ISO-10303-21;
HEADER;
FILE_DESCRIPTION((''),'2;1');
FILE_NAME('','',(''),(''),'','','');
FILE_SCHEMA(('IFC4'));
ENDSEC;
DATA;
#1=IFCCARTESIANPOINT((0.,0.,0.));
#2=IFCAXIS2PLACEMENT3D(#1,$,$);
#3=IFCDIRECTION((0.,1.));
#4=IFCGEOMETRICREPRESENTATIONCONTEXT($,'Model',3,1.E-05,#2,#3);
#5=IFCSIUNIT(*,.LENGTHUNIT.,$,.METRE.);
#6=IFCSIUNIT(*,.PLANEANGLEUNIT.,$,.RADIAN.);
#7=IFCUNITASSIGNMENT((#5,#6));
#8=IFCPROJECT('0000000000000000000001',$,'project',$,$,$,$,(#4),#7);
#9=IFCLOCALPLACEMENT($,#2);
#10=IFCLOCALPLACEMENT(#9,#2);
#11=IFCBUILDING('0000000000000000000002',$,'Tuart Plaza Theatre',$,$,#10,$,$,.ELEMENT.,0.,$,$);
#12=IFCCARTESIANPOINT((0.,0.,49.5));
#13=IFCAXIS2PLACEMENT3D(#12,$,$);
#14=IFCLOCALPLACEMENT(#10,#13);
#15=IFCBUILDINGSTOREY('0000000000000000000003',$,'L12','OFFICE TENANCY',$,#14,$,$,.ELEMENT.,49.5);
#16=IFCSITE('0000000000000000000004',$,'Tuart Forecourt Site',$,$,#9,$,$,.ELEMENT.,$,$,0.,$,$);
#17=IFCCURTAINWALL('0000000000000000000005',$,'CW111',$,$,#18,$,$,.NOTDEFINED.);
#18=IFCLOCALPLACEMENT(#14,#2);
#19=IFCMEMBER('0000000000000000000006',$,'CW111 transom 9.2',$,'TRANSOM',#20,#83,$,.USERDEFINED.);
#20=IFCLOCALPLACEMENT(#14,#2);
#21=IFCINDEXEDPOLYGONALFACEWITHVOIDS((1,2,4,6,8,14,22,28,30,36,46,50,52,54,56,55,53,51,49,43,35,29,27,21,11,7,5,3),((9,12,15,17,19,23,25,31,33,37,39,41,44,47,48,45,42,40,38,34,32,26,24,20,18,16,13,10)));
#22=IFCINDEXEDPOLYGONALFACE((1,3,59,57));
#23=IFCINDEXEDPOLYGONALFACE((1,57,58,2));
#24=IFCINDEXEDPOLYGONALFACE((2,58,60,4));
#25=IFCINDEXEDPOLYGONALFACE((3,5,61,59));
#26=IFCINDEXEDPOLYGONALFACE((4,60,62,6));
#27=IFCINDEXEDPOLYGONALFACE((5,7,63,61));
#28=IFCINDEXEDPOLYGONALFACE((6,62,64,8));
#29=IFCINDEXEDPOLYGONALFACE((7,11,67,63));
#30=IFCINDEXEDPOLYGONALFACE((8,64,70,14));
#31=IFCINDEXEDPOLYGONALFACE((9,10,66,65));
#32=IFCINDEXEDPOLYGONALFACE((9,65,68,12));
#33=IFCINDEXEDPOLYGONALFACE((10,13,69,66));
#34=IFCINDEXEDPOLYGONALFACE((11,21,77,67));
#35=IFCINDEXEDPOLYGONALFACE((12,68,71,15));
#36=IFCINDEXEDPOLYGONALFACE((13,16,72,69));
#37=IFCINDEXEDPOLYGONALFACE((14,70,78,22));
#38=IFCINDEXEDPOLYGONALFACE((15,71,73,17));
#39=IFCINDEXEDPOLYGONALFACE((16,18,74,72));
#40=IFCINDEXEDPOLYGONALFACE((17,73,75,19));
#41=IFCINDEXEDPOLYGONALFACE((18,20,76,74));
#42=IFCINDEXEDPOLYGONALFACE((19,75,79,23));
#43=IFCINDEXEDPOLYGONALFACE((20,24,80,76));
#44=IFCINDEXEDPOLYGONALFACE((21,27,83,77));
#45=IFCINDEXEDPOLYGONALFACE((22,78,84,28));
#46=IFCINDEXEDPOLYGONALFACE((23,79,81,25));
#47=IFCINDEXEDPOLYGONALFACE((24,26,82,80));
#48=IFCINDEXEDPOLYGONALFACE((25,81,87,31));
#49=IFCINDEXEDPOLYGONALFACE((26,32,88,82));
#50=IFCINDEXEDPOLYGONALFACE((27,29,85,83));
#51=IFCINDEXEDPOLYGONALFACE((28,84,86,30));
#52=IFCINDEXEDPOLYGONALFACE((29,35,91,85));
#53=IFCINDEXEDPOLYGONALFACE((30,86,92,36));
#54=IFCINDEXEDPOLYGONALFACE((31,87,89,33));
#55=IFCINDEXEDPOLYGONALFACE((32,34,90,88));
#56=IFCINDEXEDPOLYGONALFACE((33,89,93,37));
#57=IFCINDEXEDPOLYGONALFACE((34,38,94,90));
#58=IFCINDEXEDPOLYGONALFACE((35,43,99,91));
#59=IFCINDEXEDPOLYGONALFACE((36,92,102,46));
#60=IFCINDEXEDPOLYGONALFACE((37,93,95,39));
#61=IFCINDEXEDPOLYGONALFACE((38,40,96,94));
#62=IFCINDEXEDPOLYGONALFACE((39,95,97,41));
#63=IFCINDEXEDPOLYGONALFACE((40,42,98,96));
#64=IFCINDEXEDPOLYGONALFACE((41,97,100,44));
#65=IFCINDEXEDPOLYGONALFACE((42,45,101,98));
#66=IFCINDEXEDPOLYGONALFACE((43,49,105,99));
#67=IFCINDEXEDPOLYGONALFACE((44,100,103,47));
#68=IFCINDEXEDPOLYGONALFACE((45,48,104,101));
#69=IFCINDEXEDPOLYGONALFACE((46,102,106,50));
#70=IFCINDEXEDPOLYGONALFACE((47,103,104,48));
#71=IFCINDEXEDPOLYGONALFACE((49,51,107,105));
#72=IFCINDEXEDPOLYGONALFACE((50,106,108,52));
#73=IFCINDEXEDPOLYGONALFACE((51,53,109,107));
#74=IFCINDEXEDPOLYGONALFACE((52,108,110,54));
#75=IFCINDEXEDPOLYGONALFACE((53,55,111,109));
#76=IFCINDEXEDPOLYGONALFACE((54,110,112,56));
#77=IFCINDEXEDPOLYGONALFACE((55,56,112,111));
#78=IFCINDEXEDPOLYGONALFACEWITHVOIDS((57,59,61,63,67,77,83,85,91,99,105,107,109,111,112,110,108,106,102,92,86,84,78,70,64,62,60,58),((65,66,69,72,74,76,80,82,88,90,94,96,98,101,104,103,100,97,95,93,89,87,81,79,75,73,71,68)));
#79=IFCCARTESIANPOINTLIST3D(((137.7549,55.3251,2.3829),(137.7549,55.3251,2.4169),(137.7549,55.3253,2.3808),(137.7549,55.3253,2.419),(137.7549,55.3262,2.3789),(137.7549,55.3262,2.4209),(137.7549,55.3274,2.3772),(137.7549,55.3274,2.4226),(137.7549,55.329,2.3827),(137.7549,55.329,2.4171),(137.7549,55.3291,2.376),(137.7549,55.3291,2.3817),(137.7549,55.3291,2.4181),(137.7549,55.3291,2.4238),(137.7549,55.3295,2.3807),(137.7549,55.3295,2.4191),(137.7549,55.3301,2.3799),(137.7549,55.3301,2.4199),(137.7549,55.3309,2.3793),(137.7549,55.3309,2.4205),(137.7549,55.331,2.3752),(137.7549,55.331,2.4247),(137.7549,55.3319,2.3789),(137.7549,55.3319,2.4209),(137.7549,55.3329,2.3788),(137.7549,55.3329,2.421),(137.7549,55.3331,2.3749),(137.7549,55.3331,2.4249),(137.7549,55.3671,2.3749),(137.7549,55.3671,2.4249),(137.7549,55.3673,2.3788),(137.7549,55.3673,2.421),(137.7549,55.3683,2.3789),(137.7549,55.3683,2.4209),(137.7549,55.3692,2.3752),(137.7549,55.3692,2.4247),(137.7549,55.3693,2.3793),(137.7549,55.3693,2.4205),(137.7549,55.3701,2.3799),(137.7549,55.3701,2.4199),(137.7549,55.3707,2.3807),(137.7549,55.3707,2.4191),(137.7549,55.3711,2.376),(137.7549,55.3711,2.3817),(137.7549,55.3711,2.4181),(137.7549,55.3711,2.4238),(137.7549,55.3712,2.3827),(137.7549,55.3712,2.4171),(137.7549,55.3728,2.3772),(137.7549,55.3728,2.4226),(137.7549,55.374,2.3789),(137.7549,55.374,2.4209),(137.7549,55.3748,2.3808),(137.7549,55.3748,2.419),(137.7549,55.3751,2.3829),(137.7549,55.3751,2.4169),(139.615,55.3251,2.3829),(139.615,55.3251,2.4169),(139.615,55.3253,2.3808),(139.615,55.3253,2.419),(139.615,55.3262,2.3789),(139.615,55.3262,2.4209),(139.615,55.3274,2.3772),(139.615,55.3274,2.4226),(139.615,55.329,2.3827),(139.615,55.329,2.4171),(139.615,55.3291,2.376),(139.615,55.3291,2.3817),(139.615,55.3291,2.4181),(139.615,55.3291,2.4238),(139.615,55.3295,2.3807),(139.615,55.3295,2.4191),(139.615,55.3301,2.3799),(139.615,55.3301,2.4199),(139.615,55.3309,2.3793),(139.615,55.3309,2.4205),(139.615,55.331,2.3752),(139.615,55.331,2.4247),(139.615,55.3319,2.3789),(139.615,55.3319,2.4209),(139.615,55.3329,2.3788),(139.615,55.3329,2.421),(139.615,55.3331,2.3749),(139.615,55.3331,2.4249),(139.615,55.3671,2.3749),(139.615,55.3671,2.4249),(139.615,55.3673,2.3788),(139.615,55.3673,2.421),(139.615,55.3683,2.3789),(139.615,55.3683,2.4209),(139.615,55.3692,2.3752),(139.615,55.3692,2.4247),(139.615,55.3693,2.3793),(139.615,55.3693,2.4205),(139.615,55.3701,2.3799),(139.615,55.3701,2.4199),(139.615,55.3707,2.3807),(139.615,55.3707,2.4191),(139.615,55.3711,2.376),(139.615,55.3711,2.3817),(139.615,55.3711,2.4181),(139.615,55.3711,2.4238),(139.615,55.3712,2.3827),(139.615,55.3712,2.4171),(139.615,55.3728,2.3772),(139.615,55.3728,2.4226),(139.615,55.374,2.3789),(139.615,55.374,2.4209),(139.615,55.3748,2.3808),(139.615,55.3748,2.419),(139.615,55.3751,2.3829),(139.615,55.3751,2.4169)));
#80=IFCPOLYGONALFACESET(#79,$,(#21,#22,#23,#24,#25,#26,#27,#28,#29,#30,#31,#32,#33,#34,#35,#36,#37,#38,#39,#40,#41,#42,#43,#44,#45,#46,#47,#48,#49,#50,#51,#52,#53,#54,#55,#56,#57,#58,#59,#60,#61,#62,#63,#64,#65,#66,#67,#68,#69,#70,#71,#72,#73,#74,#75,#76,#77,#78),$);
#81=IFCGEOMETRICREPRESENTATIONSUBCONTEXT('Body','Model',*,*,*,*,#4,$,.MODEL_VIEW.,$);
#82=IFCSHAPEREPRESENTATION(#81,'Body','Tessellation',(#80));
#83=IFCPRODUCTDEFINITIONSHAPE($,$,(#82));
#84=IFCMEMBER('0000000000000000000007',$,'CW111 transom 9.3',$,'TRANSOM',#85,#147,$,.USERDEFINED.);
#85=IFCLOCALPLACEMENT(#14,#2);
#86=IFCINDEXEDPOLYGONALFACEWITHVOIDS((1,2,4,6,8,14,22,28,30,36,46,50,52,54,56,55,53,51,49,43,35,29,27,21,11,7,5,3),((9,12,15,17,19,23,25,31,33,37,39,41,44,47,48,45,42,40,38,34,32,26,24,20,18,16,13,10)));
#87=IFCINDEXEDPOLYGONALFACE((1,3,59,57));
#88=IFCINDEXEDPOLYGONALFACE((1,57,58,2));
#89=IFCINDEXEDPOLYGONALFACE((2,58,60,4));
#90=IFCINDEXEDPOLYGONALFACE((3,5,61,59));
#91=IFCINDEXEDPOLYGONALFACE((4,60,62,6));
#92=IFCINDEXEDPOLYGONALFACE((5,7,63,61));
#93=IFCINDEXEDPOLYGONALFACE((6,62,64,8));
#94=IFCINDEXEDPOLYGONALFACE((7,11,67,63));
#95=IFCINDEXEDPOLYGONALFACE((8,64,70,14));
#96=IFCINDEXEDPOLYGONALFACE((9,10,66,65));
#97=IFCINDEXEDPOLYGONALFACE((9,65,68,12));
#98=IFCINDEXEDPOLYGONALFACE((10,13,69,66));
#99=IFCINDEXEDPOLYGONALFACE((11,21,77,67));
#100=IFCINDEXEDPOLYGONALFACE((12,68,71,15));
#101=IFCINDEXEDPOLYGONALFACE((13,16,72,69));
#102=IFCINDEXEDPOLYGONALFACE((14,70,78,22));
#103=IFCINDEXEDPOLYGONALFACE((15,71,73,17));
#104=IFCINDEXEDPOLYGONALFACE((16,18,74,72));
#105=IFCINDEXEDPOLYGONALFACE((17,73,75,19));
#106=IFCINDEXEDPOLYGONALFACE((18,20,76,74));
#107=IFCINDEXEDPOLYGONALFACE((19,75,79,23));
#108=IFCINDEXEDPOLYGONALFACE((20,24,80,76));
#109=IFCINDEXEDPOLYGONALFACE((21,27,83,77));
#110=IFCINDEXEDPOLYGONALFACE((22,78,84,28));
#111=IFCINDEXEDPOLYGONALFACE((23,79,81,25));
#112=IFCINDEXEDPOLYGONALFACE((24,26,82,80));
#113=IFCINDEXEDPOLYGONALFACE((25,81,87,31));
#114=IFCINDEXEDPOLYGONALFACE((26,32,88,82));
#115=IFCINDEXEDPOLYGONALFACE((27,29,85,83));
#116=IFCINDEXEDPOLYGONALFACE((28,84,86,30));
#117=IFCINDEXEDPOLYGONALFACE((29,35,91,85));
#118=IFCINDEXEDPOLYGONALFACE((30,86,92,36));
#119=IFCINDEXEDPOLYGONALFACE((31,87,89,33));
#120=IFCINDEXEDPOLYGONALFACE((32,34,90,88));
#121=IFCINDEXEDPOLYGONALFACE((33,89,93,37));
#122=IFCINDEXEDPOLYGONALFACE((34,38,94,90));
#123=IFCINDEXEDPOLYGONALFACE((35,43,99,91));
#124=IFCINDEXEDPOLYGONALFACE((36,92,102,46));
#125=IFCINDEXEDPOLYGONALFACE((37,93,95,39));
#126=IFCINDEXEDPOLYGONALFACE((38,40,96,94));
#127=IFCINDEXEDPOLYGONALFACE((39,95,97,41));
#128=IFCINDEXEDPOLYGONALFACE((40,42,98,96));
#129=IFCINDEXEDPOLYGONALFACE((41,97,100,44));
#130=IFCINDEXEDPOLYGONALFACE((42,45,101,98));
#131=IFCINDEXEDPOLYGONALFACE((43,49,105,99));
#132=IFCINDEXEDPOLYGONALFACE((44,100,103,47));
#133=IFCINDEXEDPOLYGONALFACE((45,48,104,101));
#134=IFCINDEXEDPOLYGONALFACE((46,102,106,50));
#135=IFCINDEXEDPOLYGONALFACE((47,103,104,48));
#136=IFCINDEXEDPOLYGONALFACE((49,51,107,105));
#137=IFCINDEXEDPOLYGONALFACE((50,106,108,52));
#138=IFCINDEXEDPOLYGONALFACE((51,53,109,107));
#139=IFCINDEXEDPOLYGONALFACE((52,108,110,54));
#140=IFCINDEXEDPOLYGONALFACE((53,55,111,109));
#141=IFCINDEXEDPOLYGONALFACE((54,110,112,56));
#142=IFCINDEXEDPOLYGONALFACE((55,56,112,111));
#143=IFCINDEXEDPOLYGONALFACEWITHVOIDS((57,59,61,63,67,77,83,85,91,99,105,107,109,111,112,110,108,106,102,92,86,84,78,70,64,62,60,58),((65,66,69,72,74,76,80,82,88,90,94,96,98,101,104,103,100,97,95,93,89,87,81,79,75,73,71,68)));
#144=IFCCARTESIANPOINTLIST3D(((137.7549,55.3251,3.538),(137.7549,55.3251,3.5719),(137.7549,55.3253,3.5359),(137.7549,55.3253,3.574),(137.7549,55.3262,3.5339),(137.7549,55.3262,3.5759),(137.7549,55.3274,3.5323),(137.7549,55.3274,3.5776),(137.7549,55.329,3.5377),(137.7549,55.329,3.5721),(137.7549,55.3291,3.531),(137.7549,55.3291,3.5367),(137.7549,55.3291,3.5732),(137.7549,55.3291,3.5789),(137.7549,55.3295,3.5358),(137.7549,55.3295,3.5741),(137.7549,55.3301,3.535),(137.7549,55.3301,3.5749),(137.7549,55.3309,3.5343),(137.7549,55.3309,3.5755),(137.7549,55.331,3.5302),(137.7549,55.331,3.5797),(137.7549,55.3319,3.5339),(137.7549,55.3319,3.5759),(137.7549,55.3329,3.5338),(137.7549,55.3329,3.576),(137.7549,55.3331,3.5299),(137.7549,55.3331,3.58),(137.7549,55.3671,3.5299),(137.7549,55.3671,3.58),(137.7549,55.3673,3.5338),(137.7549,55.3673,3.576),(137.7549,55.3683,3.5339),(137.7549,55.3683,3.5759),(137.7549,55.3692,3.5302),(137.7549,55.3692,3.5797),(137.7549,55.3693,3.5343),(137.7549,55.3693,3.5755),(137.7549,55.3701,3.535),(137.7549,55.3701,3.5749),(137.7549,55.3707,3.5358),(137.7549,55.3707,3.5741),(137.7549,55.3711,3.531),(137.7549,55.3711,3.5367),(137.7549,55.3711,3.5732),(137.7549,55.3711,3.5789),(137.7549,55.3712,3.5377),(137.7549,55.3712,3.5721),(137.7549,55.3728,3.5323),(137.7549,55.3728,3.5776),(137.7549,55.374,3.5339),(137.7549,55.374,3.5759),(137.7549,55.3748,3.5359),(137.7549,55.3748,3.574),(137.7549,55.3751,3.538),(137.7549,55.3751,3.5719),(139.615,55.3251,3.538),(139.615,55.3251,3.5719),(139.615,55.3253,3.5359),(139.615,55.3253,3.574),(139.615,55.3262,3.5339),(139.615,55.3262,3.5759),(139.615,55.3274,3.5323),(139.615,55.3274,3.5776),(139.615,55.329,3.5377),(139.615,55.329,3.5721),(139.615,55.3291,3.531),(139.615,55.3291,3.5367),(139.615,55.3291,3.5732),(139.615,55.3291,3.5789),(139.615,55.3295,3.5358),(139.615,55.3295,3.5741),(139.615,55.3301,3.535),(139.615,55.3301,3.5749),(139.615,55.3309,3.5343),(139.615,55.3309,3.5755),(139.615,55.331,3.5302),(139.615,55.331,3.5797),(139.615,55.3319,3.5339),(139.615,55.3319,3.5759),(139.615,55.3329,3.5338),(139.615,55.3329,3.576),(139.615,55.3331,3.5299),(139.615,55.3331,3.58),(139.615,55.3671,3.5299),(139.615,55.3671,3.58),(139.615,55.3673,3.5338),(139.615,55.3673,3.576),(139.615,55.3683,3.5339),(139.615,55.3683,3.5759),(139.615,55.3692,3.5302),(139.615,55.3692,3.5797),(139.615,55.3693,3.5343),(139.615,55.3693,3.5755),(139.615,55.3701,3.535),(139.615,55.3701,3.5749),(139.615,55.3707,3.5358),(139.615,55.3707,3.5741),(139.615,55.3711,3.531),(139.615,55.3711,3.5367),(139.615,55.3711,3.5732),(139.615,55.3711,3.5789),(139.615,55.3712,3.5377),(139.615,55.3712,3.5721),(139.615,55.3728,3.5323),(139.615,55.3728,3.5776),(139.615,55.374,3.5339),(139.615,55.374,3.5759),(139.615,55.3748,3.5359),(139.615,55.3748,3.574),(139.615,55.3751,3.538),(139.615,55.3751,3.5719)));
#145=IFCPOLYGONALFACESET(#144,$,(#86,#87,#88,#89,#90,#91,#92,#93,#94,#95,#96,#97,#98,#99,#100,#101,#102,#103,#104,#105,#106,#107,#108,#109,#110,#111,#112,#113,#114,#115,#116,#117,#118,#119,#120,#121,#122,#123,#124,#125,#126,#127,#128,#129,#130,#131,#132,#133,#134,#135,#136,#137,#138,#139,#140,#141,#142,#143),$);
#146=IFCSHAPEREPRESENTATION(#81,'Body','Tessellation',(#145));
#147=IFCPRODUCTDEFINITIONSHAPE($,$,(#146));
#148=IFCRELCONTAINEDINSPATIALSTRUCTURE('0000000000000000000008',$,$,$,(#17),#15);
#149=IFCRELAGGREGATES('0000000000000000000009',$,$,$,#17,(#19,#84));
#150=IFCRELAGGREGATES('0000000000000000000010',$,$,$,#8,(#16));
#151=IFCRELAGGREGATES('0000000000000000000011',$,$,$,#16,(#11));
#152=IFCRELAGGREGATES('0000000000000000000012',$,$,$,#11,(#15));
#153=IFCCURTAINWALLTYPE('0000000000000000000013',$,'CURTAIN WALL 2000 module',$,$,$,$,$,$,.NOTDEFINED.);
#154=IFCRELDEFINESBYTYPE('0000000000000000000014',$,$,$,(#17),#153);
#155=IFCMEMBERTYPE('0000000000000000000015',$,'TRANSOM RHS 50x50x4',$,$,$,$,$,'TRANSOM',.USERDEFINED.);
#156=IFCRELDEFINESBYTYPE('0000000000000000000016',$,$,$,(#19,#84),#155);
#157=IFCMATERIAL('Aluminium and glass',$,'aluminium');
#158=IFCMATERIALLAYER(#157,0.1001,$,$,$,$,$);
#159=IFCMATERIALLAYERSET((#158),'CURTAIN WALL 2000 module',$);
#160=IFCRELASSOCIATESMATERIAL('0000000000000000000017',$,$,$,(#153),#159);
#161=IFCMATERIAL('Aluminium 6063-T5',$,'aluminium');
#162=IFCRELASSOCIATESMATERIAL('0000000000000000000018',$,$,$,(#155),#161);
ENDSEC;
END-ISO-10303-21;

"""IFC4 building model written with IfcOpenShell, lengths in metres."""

from ifc_helpers import new_model, si_unit, direction, frame, origin, origin_2d, place, context, subcontext, project, spatial, hollow_rectangle, extrude, material, layer, layer_set, material_profile, profile_set, type_object, element, aggregate, save


model = new_model("IFC4")

# Units and contexts
model_context = context("Model", 3, precision=1e-05, world=origin(), true_north=direction((0.0, 1.0)))
body_context = subcontext(model_context, "Body", "Model", "MODEL_VIEW")
ifc_project = project(units=[si_unit("LENGTHUNIT", "METRE"), si_unit("PLANEANGLEUNIT", "RADIAN")], contexts=[model_context])

# Site, building, storey
site_placement = place(None, origin())
site = spatial("IfcSite", under=ifc_project, at=site_placement, Name="Tuart Forecourt Site", CompositionType="ELEMENT", RefElevation=0.0)
building_placement = place(site_placement, origin())
building = spatial("IfcBuilding", under=site, at=building_placement, Name="Tuart Plaza Theatre", CompositionType="ELEMENT", ElevationOfRefHeight=0.0)
storey_placement = place(building_placement, frame((0.0, 0.0, 49.5)))
storey = spatial("IfcBuildingStorey", under=building, at=storey_placement, Name="L12", Description="OFFICE TENANCY", CompositionType="ELEMENT", Elevation=49.5)

# Shared definitions
ifc_material_1 = material(Name="Aluminium and glass", Category="aluminium")
ifc_layer_1 = layer(ifc_material_1, 0.1001)
ifc_layer_set_1 = layer_set([ifc_layer_1], Name="CURTAIN WALL 2000 module")
curtain_wall_type = type_object("IfcCurtainWallType", Name="CURTAIN WALL 2000 module", PredefinedType="NOTDEFINED", material=ifc_layer_set_1)

# Curtain wall
curtain_wall_1_placement = place(storey_placement, origin())
curtain_wall_1 = element("IfcCurtainWall", 1, at=curtain_wall_1_placement, inside=storey, type_object=curtain_wall_type, Name="CW111", PredefinedType="NOTDEFINED")

# Members
ifc_material_2 = material(Name="Aluminium 6063-T5", Category="aluminium")
ifc_material_profile_1 = material_profile(ifc_material_2, hollow_rectangle(XDim=0.05, YDim=0.05, WallThickness=0.0039, InnerFilletRadius=0.0039, OuterFilletRadius=0.0081, at=origin_2d()), Name="RHS 50x50x4")
ifc_profile_set_1 = profile_set([ifc_material_profile_1], Name="Aluminium 6063-T5")
member_type_1 = type_object("IfcMemberType", Name="TRANSOM RHS 50x50x4", ElementType="TRANSOM", PredefinedType="USERDEFINED", material=ifc_profile_set_1)
member_1_placement = place(storey_placement, frame((137.7549, 55.3501, 2.3999), z_axis=(1.0, 0.0, 0.0), x_axis=(0.0, 1.0, 0.0)))
member_1 = element("IfcMember", 2, at=member_1_placement, type_object=member_type_1, Name="CW111 transom 9.2", ObjectType="TRANSOM", PredefinedType="USERDEFINED", context=body_context, shape_type="SweptSolid", body=[
    extrude(hollow_rectangle(XDim=0.05, YDim=0.05, WallThickness=0.0039, InnerFilletRadius=0.0039, OuterFilletRadius=0.0081, at=origin_2d()), origin(), (0.0, 0.0, 1.0), 1.8601),
])
member_2_placement = place(storey_placement, frame((137.7549, 55.3501, 3.5549), z_axis=(1.0, 0.0, 0.0), x_axis=(0.0, 1.0, 0.0)))
member_2 = element("IfcMember", 3, at=member_2_placement, type_object=member_type_1, Name="CW111 transom 9.3", ObjectType="TRANSOM", PredefinedType="USERDEFINED", context=body_context, shape_type="SweptSolid", body=[
    extrude(hollow_rectangle(XDim=0.05, YDim=0.05, WallThickness=0.0039, InnerFilletRadius=0.0039, OuterFilletRadius=0.0081, at=origin_2d()), origin(), (0.0, 0.0, 1.0), 1.8601),
])

aggregate(curtain_wall_1, [member_1, member_2])

save(model, "model.ifc")
